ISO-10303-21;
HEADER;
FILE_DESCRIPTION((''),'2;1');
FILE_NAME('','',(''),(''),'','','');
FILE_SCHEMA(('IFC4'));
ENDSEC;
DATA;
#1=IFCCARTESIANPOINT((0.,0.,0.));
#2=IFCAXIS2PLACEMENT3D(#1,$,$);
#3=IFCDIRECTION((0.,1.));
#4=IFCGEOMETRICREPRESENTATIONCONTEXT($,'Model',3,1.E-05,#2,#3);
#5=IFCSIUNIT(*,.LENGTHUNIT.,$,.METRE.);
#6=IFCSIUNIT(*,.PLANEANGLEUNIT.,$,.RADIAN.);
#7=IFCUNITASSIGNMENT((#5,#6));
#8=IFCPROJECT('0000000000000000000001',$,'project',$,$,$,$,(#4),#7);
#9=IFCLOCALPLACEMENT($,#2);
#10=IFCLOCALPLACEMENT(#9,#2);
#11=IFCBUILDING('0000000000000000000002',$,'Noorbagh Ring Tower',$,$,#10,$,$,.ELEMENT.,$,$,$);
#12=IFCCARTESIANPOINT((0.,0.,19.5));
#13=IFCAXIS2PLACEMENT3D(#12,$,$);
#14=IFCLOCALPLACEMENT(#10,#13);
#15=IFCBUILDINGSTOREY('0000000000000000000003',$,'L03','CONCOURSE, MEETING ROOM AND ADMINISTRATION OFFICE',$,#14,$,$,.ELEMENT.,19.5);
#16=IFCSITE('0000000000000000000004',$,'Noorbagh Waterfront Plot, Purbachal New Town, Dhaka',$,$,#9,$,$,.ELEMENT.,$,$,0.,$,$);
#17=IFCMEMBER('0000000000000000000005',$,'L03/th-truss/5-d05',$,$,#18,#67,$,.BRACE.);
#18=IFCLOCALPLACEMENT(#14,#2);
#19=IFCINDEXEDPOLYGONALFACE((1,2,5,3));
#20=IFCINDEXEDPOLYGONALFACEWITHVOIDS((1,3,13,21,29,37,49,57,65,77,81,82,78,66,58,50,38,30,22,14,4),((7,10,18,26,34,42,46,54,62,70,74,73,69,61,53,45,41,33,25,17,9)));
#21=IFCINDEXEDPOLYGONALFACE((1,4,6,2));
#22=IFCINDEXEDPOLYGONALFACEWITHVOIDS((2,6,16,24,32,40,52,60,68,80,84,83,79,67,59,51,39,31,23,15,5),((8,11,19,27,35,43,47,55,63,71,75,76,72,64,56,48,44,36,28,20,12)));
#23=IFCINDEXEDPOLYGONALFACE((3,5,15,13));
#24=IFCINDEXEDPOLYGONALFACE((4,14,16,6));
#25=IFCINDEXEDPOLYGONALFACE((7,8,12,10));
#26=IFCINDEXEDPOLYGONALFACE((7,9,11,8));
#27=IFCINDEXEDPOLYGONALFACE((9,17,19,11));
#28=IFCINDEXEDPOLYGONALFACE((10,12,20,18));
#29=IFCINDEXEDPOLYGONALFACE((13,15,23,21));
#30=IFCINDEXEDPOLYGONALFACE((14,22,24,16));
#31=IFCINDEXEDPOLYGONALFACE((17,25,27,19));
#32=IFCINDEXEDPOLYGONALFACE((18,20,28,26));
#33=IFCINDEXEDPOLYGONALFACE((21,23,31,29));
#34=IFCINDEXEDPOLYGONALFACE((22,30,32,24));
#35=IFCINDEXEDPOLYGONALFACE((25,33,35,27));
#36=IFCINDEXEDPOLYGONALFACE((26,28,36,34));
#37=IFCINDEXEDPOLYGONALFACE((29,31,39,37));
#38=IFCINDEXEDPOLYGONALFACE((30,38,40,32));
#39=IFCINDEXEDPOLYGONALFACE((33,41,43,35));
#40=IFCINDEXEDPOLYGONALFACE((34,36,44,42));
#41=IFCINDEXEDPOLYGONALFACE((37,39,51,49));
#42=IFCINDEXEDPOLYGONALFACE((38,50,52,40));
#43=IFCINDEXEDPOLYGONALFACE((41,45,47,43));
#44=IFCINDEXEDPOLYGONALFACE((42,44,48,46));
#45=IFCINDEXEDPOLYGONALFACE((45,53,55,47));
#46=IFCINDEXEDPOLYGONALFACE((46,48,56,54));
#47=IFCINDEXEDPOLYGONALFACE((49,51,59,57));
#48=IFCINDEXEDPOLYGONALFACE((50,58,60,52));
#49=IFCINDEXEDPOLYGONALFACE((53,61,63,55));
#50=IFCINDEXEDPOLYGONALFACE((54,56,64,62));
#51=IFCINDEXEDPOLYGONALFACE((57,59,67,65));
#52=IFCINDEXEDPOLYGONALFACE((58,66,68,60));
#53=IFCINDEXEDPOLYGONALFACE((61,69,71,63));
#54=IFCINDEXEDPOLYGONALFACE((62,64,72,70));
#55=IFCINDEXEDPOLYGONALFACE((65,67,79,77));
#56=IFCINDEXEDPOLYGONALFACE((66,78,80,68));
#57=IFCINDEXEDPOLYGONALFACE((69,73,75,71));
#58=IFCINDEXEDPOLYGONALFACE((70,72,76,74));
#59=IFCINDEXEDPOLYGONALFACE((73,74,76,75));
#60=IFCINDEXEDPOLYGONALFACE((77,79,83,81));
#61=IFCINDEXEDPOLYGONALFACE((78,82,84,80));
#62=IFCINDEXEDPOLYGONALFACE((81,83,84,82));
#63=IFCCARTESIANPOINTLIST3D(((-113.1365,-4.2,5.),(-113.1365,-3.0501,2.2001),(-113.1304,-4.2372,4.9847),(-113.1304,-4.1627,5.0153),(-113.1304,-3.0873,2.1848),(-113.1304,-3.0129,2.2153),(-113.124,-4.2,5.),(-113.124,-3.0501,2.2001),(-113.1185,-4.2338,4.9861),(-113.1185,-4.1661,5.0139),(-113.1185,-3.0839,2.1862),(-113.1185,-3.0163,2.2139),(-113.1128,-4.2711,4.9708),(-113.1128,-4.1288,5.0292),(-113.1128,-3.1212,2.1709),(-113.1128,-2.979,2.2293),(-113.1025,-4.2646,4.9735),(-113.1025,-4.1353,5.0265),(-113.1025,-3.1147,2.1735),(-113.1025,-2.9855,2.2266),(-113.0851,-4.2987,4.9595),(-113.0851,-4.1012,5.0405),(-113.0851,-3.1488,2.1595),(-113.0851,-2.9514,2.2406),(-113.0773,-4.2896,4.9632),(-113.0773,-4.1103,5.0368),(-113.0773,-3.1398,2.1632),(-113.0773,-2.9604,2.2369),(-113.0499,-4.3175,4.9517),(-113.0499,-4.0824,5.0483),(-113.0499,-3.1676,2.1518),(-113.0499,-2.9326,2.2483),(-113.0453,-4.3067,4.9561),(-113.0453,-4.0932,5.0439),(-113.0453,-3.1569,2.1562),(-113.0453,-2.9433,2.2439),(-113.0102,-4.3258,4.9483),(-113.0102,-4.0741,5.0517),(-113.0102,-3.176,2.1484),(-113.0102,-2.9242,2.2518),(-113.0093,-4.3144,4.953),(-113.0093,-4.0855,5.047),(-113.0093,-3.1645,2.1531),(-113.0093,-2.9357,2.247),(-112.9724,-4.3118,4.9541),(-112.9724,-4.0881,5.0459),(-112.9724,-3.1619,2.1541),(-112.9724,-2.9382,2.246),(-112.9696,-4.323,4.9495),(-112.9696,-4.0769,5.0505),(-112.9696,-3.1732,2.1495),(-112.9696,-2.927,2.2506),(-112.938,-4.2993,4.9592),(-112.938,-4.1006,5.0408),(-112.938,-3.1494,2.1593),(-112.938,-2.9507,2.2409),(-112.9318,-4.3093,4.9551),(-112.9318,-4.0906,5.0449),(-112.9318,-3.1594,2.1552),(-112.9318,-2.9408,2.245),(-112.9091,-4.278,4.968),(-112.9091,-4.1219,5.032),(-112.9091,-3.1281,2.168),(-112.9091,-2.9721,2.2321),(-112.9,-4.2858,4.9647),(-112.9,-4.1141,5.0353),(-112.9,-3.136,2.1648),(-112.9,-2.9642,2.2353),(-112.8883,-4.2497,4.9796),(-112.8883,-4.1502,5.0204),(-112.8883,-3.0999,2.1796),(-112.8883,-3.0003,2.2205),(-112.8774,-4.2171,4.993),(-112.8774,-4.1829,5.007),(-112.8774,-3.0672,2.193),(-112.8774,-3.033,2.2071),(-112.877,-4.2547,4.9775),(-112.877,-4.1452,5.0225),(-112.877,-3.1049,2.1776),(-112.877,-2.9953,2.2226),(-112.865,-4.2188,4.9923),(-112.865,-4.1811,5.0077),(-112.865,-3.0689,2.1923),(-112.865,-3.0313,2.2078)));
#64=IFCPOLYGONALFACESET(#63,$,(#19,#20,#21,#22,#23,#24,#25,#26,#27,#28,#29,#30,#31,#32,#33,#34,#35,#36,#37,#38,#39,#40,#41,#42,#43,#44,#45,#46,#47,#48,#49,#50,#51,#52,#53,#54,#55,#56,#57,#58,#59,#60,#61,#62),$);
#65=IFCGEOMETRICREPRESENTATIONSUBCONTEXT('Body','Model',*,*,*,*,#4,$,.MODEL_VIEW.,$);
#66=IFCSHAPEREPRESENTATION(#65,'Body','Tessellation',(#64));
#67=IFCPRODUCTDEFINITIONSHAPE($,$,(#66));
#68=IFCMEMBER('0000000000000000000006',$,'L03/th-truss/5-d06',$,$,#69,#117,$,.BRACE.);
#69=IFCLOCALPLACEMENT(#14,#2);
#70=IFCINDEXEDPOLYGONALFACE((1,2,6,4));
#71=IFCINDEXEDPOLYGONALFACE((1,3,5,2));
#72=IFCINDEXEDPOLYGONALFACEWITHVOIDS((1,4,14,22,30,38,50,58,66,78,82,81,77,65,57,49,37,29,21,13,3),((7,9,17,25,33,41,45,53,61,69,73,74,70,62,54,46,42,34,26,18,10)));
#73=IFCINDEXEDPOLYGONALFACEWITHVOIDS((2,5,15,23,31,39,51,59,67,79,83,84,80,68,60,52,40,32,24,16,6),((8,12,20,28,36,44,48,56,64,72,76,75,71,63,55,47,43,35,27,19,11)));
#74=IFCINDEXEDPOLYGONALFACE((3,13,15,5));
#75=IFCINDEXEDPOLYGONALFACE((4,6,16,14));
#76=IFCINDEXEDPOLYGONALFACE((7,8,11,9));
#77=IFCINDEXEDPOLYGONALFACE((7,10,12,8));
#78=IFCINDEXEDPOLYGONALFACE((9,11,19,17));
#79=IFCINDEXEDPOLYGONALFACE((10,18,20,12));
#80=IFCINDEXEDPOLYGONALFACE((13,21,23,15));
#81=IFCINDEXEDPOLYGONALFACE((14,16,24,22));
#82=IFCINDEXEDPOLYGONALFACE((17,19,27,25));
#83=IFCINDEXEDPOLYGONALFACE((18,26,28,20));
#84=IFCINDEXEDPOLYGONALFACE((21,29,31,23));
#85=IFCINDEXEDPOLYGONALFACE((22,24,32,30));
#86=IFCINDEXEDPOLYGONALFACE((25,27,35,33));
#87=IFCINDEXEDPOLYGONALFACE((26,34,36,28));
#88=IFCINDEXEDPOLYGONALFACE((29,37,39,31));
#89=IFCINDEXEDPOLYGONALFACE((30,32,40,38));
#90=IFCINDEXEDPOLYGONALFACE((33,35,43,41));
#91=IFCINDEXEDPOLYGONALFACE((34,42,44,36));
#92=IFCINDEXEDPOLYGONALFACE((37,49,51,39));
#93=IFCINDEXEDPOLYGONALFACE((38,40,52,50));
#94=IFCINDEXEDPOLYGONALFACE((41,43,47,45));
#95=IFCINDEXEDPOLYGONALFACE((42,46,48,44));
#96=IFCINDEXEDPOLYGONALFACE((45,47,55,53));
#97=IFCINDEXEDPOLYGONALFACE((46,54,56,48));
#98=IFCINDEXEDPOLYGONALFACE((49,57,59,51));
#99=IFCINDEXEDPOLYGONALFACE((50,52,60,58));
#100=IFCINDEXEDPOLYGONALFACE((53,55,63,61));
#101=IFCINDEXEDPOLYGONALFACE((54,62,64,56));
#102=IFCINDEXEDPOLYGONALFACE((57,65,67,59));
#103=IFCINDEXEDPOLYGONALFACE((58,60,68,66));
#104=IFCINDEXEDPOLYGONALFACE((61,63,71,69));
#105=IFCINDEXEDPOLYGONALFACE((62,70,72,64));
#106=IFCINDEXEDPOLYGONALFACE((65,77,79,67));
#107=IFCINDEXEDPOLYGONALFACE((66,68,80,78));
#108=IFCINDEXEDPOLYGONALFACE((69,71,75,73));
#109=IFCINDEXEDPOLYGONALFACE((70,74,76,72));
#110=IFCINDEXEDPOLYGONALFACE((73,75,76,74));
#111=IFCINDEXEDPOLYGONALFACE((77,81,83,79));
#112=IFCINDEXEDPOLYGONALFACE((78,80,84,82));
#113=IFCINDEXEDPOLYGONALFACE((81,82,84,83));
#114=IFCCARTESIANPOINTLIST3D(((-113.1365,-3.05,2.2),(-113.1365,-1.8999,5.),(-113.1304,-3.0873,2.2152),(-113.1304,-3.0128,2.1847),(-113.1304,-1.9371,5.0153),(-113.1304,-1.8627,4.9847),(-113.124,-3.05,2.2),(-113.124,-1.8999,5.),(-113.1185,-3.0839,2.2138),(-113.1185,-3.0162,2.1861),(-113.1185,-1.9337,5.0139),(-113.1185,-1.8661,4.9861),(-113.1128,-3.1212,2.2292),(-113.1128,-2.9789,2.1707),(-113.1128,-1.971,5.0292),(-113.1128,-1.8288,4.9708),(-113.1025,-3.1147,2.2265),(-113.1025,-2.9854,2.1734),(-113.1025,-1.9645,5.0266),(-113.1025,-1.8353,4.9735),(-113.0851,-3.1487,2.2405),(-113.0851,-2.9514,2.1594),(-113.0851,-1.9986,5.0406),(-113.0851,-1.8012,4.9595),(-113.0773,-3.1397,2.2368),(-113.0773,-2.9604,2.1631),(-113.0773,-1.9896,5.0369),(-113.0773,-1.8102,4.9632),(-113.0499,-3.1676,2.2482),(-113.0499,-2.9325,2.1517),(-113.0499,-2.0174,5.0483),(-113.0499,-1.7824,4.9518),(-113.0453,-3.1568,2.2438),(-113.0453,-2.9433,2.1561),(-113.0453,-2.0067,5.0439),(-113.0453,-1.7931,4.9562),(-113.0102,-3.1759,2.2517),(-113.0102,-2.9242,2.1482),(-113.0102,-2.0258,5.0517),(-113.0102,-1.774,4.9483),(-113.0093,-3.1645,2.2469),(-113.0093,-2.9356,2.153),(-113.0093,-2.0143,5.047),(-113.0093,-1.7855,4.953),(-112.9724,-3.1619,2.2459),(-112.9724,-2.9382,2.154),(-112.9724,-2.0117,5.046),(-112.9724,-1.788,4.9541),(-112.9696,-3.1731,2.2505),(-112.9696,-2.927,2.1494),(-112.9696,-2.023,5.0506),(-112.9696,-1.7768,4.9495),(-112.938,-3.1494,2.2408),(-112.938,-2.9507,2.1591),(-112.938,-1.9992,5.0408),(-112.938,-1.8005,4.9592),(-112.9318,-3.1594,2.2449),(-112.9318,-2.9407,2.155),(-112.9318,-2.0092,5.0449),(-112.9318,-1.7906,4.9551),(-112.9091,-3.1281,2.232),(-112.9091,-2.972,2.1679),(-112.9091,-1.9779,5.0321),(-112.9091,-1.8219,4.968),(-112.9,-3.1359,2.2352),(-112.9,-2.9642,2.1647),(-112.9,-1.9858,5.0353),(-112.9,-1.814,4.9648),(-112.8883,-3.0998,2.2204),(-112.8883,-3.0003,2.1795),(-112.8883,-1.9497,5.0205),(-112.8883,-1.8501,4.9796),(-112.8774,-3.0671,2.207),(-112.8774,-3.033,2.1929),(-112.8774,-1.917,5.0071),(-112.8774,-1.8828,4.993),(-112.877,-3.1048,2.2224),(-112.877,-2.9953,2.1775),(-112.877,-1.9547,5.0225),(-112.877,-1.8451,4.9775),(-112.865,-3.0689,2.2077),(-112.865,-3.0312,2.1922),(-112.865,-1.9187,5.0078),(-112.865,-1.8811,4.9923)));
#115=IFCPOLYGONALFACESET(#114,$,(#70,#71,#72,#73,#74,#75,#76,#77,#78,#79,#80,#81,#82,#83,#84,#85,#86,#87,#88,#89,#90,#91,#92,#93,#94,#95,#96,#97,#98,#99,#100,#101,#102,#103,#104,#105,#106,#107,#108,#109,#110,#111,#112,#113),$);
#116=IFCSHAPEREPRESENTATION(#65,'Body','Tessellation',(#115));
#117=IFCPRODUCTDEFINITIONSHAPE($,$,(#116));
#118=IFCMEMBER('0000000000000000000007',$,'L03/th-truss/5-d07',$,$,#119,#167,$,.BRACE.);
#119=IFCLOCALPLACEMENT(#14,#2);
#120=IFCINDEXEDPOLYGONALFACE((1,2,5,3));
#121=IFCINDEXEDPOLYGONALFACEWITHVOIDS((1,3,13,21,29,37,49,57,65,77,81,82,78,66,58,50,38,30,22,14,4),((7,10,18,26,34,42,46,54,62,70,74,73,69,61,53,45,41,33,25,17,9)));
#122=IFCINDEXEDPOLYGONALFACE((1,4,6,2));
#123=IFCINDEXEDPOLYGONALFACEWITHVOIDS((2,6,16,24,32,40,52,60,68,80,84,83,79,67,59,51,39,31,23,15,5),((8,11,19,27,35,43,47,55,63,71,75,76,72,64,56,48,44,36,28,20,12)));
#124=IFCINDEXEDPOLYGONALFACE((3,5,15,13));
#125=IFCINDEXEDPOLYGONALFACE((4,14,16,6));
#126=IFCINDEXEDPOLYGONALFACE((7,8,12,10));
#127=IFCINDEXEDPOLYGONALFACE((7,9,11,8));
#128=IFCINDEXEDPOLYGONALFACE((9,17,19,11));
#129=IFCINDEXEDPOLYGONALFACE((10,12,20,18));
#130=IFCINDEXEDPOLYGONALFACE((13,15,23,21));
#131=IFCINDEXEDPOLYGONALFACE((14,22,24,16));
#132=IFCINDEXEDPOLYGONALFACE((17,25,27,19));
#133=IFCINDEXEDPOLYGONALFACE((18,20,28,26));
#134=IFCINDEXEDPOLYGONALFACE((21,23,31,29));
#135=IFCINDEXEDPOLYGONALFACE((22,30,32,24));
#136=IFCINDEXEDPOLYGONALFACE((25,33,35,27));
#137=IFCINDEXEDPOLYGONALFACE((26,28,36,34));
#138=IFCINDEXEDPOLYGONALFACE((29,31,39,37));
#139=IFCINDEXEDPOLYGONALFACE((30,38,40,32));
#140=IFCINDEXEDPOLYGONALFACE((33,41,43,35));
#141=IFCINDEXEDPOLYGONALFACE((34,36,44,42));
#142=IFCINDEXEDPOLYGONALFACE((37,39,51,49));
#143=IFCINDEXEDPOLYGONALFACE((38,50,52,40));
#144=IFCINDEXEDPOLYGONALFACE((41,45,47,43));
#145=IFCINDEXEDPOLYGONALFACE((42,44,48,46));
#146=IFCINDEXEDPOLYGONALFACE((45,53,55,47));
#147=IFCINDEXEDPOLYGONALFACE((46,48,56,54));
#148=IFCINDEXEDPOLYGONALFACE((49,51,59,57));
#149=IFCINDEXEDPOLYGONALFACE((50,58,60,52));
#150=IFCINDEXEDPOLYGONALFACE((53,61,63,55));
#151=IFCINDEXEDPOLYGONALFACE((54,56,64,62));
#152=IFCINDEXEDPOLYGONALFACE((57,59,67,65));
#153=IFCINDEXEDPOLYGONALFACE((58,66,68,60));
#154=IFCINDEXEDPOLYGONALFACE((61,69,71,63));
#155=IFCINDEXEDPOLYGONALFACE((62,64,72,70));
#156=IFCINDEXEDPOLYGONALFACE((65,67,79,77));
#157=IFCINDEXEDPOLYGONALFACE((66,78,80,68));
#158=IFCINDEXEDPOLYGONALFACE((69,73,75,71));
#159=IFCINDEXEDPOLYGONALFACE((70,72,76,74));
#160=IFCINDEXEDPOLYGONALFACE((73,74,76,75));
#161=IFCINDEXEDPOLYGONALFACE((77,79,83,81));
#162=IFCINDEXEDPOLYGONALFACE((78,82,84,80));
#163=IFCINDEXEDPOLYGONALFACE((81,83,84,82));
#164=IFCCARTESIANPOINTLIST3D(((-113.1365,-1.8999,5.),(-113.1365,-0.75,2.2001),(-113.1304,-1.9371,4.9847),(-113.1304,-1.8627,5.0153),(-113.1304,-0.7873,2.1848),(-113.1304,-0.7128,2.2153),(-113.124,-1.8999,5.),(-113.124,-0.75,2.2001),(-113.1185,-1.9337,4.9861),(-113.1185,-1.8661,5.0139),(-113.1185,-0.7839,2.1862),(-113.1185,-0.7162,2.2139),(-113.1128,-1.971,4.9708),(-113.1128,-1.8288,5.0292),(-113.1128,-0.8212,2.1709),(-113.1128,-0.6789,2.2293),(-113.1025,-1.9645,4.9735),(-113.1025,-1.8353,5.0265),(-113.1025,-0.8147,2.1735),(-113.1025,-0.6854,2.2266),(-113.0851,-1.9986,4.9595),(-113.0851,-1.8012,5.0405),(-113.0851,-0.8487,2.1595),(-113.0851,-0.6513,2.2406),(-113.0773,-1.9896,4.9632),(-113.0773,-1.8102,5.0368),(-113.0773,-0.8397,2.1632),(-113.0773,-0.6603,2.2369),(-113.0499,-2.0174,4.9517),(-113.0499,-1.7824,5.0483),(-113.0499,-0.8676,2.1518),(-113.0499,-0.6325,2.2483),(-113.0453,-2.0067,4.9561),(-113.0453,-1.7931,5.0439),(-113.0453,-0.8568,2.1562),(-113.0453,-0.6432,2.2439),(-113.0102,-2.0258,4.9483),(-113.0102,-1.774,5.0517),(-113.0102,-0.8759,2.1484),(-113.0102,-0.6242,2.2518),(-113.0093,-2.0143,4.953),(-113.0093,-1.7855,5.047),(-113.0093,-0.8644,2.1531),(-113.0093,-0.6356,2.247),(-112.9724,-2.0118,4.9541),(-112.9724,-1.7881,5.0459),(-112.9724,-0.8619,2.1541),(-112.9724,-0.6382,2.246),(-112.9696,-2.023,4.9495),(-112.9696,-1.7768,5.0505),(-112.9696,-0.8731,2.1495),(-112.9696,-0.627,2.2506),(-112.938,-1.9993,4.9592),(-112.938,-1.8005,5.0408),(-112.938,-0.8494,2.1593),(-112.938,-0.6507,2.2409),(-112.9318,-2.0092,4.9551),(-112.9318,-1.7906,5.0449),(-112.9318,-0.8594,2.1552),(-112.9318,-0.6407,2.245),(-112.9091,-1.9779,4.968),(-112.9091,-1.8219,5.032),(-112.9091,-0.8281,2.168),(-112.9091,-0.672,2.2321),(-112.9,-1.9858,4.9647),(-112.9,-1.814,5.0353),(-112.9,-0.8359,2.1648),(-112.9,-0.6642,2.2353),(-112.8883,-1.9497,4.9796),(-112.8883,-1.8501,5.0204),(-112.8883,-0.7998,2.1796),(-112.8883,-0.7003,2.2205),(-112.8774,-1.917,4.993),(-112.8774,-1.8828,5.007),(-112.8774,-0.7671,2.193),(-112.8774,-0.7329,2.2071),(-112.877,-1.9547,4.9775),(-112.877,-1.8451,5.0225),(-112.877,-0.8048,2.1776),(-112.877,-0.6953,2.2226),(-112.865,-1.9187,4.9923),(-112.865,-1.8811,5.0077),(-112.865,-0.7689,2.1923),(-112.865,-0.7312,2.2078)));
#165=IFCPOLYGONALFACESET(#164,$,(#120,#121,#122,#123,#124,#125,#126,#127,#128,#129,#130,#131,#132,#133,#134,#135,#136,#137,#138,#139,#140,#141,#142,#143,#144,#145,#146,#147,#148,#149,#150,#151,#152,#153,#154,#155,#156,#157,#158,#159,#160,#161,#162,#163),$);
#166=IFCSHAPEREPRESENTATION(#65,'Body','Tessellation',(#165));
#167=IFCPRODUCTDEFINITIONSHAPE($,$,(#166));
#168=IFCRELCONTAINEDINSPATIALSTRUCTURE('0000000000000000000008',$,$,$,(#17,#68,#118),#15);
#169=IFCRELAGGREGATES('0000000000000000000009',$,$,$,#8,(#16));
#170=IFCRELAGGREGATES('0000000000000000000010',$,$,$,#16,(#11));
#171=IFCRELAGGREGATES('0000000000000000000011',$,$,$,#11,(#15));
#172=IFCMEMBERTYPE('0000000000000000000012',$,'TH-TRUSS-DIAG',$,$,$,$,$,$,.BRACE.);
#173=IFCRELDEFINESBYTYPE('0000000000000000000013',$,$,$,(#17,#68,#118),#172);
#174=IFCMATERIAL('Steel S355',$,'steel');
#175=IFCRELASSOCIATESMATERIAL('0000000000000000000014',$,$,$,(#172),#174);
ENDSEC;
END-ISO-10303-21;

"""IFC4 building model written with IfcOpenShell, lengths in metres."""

from ifc_helpers import new_model, si_unit, direction, frame, origin, origin_2d, place, context, subcontext, project, spatial, hollow_circle, extrude, material, material_profile, profile_set, type_object, element, save


model = new_model("IFC4")

# Units and contexts
model_context = context("Model", 3, precision=1e-05, world=origin(), true_north=direction((0.0, 1.0)))
body_context = subcontext(model_context, "Body", "Model", "MODEL_VIEW")
ifc_project = project(units=[si_unit("LENGTHUNIT", "METRE"), si_unit("PLANEANGLEUNIT", "RADIAN")], contexts=[model_context])

# Site, building, storey
site_placement = place(None, origin())
site = spatial("IfcSite", under=ifc_project, at=site_placement, Name="Noorbagh Waterfront Plot, Purbachal New Town, Dhaka", CompositionType="ELEMENT", RefElevation=0.0)
building_placement = place(site_placement, origin())
building = spatial("IfcBuilding", under=site, at=building_placement, Name="Noorbagh Ring Tower", CompositionType="ELEMENT")
storey_placement = place(building_placement, frame((0.0, 0.0, 19.5)))
storey = spatial("IfcBuildingStorey", under=building, at=storey_placement, Name="L03", Description="CONCOURSE, MEETING ROOM AND ADMINISTRATION OFFICE", CompositionType="ELEMENT", Elevation=19.5)

# Members
ifc_material = material(Name="Steel S355", Category="steel")
ifc_material_profile = material_profile(ifc_material, hollow_circle(Radius=0.1365, WallThickness=0.0125, at=origin_2d()), Name="CHS273x12.5")
ifc_profile_set = profile_set([ifc_material_profile], Name="Steel S355")
member_type = type_object("IfcMemberType", Name="TH-TRUSS-DIAG", PredefinedType="BRACE", material=ifc_profile_set)
member_1_placement = place(storey_placement, frame((-113.0, -4.2, 5.0), z_axis=(0.0, 0.379886, -0.925033), x_axis=(-1.0, 0.0, 0.0)))
element("IfcMember", 1, at=member_1_placement, inside=storey, type_object=member_type, Name="L03/th-truss/5-d05", PredefinedType="BRACE", context=body_context, shape_type="SweptSolid", body=[
    extrude(hollow_circle(Radius=0.1365, WallThickness=0.0125, at=origin_2d()), origin(), (0.0, 0.0, 1.0), 3.0269),
])
member_2_placement = place(storey_placement, frame((-113.0, -3.05, 2.2), z_axis=(0.0, 0.379955, 0.925005), x_axis=(-1.0, 0.0, 0.0)))
element("IfcMember", 2, at=member_2_placement, inside=storey, type_object=member_type, Name="L03/th-truss/5-d06", PredefinedType="BRACE", context=body_context, shape_type="SweptSolid", body=[
    extrude(hollow_circle(Radius=0.1365, WallThickness=0.0125, at=origin_2d()), origin(), (0.0, 0.0, 1.0), 3.0271),
])
for number, where, z_axis, x_axis, name in (
    (3, (-113.0, -1.8999, 5.0), (0.0, 0.379886, -0.925033), (-1.0, 0.0, 0.0), "L03/th-truss/5-d07"),
):
    element("IfcMember", number, at=place(storey_placement, frame(where, z_axis=z_axis, x_axis=x_axis)), inside=storey, type_object=member_type, Name=name, PredefinedType="BRACE", context=body_context, shape_type="SweptSolid", body=[
        extrude(hollow_circle(Radius=0.1365, WallThickness=0.0125, at=origin_2d()), origin(), (0.0, 0.0, 1.0), 3.0269),
    ])

save(model, "model.ifc")
